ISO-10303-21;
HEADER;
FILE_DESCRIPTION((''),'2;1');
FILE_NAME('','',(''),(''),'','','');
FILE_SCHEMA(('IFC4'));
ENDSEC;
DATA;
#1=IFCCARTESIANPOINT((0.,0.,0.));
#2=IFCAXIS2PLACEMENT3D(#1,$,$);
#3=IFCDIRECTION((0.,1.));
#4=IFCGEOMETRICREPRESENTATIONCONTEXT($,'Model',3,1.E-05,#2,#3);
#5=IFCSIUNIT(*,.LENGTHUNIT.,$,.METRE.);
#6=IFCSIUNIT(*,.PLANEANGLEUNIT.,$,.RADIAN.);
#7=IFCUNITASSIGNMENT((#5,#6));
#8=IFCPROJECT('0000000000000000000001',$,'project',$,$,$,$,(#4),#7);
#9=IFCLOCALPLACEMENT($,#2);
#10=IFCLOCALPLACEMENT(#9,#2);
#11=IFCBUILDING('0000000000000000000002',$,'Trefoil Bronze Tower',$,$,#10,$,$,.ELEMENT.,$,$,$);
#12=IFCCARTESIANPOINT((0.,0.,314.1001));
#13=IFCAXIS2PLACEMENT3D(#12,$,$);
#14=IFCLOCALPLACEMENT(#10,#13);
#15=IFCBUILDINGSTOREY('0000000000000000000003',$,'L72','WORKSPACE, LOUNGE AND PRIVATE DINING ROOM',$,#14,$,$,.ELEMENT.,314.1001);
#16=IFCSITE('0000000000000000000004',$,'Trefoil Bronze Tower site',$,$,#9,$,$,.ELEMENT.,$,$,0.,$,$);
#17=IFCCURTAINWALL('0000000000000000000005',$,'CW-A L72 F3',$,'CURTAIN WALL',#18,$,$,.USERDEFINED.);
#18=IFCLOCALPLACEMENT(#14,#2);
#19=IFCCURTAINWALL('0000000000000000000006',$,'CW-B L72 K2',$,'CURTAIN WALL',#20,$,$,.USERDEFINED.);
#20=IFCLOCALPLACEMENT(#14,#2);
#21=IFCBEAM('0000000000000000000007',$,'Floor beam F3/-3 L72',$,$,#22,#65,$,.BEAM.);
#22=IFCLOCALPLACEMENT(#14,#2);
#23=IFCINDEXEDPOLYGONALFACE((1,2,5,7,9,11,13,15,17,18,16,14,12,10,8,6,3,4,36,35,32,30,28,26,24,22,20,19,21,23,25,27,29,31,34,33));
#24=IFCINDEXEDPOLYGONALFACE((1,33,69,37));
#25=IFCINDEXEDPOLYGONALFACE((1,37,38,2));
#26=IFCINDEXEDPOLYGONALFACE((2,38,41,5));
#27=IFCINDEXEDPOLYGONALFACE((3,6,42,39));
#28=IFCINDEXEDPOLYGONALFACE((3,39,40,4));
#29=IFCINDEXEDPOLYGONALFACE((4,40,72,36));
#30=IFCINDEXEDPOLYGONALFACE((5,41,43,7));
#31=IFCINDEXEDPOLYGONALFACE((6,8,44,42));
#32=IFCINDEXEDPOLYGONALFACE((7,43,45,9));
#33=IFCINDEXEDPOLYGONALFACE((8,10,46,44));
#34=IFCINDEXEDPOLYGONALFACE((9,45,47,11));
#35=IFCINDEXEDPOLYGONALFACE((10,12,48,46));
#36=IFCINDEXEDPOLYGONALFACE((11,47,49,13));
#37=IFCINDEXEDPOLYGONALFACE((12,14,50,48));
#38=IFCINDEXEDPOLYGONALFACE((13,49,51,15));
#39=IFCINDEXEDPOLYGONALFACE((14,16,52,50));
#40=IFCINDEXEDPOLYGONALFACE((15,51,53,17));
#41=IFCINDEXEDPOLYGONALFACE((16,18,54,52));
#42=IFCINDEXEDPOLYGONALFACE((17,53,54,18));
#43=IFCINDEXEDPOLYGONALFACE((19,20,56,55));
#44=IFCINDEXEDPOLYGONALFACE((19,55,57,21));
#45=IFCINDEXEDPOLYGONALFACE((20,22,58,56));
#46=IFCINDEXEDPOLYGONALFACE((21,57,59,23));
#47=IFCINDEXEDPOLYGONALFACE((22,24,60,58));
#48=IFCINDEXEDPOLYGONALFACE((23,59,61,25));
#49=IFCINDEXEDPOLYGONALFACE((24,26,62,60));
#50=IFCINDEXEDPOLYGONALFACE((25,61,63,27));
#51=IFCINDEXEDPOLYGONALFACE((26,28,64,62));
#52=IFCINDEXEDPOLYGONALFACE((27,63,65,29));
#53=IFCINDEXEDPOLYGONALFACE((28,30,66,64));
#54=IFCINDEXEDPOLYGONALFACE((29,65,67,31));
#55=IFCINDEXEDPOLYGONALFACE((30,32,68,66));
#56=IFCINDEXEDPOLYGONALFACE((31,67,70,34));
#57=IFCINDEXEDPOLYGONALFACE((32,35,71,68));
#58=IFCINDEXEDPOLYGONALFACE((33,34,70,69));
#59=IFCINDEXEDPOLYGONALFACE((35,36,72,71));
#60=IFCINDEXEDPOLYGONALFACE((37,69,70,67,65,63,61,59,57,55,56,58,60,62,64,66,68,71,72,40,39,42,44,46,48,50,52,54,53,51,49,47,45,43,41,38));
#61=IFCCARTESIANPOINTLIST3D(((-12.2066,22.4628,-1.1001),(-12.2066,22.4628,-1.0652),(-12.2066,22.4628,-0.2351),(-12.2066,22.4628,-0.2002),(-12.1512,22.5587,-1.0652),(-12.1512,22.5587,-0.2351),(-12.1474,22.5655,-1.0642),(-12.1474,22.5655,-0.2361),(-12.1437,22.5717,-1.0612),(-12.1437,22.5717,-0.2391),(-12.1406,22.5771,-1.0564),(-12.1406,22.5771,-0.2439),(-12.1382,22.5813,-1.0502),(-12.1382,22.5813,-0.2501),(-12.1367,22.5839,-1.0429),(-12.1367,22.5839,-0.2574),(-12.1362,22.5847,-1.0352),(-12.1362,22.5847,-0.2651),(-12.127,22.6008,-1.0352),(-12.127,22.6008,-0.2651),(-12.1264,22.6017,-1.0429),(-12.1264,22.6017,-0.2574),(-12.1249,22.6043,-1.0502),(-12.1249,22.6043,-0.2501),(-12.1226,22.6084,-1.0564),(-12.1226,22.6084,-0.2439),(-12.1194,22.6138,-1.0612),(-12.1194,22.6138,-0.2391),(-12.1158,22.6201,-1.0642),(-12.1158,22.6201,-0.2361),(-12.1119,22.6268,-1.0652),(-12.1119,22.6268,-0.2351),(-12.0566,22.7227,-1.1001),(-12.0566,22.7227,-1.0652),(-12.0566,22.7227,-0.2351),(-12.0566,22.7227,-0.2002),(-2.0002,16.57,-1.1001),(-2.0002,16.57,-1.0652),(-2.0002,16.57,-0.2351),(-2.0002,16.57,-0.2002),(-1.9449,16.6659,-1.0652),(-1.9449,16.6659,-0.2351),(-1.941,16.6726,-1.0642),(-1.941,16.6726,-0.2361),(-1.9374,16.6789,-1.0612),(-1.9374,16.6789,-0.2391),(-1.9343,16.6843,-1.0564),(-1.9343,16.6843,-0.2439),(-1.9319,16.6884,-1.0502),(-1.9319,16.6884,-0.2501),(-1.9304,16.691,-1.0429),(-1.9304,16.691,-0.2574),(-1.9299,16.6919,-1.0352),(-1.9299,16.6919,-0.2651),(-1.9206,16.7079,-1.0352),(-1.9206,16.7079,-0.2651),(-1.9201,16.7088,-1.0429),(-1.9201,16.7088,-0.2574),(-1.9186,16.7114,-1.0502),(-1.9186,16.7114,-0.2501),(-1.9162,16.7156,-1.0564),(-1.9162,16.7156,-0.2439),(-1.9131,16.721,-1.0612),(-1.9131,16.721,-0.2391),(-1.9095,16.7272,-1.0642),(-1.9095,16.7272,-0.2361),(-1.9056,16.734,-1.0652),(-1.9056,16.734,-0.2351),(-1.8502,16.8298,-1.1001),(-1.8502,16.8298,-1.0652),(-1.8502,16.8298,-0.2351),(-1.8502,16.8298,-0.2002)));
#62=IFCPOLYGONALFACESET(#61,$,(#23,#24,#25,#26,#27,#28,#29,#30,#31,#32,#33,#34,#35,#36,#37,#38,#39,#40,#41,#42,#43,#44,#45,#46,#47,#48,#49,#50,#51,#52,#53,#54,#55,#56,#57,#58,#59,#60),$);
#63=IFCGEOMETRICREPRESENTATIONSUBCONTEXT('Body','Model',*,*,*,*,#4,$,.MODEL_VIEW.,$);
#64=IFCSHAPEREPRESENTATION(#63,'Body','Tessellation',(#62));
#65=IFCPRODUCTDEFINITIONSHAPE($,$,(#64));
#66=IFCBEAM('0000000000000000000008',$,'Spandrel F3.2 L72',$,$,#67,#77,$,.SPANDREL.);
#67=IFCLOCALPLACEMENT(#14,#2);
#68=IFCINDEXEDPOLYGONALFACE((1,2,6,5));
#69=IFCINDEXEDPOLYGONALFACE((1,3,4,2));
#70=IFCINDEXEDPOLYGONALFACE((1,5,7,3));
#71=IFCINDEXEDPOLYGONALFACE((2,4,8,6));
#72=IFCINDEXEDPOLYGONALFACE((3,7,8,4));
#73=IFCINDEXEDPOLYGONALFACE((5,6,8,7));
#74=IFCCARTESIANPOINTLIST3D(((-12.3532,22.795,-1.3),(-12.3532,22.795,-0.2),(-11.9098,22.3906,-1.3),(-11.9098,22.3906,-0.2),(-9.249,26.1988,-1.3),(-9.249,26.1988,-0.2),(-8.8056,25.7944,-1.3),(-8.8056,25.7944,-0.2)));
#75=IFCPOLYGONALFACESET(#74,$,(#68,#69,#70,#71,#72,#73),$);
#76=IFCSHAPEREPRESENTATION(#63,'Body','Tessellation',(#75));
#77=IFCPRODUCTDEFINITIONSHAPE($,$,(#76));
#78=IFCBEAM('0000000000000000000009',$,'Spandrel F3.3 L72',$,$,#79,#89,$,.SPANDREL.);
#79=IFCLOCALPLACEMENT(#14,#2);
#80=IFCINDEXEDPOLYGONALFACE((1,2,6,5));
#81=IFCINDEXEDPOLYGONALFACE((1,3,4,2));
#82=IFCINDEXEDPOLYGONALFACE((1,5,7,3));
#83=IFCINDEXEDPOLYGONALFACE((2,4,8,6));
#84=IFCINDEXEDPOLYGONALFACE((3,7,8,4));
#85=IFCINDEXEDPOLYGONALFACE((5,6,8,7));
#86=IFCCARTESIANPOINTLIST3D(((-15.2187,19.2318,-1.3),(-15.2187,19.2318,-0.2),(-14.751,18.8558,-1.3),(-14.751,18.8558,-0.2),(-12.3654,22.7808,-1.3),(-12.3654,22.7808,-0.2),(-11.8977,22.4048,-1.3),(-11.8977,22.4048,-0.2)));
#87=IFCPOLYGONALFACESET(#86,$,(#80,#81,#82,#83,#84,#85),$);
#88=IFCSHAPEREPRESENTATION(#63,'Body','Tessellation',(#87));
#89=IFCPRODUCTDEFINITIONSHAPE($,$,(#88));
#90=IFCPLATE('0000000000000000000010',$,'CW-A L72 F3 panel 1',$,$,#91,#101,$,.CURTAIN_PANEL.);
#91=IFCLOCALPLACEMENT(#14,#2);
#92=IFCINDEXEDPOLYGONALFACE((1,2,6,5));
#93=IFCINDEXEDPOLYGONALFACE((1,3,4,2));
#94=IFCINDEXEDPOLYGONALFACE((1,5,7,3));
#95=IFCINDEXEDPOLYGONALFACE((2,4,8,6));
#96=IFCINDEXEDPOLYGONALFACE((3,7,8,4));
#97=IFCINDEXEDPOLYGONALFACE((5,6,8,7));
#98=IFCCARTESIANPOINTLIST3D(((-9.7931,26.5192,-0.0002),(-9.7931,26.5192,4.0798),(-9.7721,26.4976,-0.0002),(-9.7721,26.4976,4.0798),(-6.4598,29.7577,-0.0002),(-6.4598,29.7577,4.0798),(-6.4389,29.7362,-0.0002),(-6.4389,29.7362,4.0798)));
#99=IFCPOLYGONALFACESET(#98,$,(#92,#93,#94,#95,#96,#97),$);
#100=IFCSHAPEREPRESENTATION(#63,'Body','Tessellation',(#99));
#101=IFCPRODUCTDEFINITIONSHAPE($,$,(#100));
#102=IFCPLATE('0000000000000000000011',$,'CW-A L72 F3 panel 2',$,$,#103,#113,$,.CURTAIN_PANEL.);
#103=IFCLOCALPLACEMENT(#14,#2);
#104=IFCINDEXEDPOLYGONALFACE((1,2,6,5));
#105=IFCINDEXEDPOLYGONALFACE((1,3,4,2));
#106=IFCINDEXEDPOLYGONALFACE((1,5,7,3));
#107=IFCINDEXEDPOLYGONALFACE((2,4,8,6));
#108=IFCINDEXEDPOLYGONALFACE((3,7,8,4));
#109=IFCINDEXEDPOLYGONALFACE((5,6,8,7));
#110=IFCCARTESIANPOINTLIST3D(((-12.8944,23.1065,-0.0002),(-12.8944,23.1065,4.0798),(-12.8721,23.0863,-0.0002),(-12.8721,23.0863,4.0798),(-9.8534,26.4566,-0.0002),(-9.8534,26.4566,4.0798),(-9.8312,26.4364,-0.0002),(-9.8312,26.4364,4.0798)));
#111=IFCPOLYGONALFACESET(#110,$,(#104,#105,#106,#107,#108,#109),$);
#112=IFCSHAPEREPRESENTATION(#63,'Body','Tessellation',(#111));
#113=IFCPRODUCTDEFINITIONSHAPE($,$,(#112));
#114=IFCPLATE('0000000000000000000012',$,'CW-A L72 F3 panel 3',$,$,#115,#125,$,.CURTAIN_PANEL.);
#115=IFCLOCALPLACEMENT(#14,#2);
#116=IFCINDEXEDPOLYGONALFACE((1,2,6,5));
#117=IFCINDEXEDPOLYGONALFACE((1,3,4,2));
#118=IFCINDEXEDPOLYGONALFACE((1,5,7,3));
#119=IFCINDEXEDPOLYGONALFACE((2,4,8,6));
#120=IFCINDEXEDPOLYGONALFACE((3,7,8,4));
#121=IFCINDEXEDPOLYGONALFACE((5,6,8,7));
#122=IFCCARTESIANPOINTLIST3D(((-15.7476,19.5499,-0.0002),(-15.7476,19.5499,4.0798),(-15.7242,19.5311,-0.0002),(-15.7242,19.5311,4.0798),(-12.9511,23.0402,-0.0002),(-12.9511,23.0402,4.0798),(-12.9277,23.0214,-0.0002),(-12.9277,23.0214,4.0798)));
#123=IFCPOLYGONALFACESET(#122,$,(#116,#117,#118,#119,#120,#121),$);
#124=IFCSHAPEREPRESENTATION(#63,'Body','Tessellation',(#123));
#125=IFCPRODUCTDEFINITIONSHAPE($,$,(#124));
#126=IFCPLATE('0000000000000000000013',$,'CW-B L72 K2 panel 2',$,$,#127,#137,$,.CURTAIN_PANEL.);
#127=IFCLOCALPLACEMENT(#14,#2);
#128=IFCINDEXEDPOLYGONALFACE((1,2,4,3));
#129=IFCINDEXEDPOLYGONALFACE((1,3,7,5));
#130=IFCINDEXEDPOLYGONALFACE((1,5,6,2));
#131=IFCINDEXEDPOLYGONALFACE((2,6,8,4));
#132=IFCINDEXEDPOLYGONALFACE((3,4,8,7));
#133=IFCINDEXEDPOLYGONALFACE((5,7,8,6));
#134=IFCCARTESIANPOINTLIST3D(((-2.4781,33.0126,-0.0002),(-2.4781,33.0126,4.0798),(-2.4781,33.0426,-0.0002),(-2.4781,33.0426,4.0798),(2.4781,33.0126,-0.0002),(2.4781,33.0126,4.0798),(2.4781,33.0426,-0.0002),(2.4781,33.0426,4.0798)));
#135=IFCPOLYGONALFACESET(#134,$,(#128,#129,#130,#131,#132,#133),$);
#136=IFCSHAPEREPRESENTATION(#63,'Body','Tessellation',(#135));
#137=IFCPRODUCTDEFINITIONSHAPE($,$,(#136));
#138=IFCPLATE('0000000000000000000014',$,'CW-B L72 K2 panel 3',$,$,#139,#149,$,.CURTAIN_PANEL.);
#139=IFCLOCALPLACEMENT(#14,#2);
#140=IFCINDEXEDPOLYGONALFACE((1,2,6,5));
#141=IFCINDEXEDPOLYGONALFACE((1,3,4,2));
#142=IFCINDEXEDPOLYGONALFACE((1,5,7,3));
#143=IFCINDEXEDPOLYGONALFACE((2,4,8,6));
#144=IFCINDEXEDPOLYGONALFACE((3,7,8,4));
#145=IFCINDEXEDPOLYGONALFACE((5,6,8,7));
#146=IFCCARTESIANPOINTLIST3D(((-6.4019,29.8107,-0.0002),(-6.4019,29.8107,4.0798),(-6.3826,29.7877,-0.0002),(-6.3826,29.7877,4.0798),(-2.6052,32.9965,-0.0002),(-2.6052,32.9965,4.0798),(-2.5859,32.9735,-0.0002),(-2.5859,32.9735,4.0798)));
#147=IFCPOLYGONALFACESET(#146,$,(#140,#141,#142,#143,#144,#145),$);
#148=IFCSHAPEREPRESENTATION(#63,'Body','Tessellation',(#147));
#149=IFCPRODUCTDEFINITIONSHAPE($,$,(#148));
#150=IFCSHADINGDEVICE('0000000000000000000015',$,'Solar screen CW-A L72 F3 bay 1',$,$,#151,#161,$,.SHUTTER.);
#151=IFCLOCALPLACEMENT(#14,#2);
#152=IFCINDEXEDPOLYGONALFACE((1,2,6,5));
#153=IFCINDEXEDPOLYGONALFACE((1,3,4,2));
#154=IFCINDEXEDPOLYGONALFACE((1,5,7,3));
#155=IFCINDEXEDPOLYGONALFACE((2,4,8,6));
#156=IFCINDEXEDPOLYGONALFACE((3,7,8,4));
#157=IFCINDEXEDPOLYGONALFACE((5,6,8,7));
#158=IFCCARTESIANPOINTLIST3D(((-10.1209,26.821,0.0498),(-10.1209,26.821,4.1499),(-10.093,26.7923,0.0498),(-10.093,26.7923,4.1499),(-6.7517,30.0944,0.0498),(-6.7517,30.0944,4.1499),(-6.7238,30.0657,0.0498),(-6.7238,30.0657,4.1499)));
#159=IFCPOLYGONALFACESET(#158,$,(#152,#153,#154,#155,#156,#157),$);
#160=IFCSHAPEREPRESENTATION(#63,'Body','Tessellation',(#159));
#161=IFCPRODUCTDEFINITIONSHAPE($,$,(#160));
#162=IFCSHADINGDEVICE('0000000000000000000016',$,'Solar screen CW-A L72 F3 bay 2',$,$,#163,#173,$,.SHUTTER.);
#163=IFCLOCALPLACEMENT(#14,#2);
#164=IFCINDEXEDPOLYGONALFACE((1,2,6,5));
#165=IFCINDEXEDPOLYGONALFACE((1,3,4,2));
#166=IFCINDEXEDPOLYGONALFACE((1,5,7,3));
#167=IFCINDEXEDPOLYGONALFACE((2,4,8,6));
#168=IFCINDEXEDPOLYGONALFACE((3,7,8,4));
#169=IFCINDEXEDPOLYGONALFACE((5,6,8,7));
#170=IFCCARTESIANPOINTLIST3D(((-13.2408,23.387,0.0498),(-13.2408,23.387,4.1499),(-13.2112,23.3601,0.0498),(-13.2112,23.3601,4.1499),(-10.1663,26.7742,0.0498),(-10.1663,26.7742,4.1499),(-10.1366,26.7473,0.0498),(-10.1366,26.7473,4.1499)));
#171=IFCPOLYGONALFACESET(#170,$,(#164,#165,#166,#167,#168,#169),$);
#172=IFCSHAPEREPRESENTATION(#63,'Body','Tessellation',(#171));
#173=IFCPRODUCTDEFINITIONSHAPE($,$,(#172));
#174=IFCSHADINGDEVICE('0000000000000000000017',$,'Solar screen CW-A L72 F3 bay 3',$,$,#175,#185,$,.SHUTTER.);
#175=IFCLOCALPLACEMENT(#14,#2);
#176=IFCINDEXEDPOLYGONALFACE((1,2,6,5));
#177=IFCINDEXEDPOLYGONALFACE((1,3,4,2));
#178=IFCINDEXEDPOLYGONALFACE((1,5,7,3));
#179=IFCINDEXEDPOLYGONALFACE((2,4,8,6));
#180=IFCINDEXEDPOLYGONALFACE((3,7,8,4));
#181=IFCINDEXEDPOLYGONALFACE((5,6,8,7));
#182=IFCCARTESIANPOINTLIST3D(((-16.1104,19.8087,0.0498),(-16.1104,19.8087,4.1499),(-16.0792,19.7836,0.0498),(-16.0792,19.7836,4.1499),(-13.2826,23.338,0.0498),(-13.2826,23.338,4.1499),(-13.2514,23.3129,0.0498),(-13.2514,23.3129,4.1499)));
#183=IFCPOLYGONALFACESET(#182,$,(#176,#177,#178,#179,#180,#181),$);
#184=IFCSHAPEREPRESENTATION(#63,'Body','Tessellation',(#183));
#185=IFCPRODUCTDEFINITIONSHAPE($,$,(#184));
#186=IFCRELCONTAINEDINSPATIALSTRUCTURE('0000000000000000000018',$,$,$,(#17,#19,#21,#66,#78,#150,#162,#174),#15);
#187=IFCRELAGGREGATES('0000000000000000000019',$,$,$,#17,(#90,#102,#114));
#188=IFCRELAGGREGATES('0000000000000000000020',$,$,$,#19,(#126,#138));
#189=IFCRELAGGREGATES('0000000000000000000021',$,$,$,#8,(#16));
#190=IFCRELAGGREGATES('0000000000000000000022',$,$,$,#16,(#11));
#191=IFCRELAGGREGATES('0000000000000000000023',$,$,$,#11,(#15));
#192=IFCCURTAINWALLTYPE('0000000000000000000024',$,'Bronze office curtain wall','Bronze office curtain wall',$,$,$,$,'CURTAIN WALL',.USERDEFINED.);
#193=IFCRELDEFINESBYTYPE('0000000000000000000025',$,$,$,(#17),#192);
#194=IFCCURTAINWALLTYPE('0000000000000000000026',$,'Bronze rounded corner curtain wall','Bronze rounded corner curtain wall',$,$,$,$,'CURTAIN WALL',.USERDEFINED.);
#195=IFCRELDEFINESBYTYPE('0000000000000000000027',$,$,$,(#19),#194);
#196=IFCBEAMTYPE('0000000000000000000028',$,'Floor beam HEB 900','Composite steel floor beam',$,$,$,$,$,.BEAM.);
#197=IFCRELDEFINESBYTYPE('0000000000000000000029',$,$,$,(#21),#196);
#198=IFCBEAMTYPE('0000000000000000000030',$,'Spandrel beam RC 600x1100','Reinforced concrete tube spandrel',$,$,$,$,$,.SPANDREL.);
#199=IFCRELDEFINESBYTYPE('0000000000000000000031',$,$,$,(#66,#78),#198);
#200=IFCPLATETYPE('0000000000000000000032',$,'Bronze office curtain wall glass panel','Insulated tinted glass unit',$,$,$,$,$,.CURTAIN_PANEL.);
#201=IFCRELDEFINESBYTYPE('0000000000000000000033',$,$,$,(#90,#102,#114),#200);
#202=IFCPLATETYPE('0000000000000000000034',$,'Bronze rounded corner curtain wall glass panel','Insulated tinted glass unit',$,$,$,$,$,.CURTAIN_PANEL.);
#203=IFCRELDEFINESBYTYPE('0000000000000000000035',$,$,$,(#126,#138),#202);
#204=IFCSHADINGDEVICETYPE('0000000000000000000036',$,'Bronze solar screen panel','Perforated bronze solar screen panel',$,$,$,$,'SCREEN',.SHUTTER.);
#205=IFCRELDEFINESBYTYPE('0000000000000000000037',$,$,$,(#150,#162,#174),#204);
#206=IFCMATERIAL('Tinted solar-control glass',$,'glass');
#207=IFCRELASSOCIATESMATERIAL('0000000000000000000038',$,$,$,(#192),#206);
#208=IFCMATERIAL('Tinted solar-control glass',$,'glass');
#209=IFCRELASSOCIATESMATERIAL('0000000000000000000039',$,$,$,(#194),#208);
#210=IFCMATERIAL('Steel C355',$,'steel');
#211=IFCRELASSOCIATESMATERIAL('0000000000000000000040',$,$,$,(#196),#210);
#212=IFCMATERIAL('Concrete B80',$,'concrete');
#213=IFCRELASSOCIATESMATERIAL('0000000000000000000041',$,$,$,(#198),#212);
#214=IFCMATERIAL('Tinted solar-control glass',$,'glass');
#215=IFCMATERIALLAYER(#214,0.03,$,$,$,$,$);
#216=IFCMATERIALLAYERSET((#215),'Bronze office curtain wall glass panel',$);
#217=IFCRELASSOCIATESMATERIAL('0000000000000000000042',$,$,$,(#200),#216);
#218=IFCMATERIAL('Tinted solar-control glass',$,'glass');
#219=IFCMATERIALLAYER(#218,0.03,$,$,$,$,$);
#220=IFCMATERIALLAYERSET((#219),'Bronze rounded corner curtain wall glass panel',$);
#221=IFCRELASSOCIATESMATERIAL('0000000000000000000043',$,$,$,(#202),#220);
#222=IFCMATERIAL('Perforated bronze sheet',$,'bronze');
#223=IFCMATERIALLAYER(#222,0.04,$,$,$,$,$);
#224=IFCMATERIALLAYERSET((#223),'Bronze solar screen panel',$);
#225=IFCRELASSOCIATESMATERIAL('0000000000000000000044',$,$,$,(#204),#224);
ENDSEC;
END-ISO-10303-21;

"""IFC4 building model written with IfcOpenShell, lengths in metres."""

from ifc_helpers import new_model, si_unit, direction, frame, origin, origin_2d, place, context, subcontext, project, spatial, rectangle, i_section, extrude, material, layer, layer_set, material_profile, profile_set, type_object, element, aggregate, save


model = new_model("IFC4")

# Units and contexts
model_context = context("Model", 3, precision=1e-05, world=origin(), true_north=direction((0.0, 1.0)))
body_context = subcontext(model_context, "Body", "Model", "MODEL_VIEW")
ifc_project = project(units=[si_unit("LENGTHUNIT", "METRE"), si_unit("PLANEANGLEUNIT", "RADIAN")], contexts=[model_context])

# Site, building, storey
site_placement = place(None, origin())
site = spatial("IfcSite", under=ifc_project, at=site_placement, Name="Trefoil Bronze Tower site", CompositionType="ELEMENT", RefElevation=0.0)
building_placement = place(site_placement, origin())
building = spatial("IfcBuilding", under=site, at=building_placement, Name="Trefoil Bronze Tower", CompositionType="ELEMENT")
storey_placement = place(building_placement, frame((0.0, 0.0, 314.1001)))
storey = spatial("IfcBuildingStorey", under=building, at=storey_placement, Name="L72", Description="WORKSPACE, LOUNGE AND PRIVATE DINING ROOM", CompositionType="ELEMENT", Elevation=314.1001)

# Curtain walls
ifc_material_1 = material(Name="Tinted solar-control glass", Category="glass")
curtain_wall_type_1 = type_object("IfcCurtainWallType", Name="Bronze office curtain wall", Description="Bronze office curtain wall", ElementType="CURTAIN WALL", PredefinedType="USERDEFINED", material=ifc_material_1)
curtain_wall_1_placement = place(storey_placement, origin())
curtain_wall_1 = element("IfcCurtainWall", 1, at=curtain_wall_1_placement, inside=storey, type_object=curtain_wall_type_1, Name="CW-A L72 F3", ObjectType="CURTAIN WALL", PredefinedType="USERDEFINED")
ifc_material_2 = material(Name="Tinted solar-control glass", Category="glass")
curtain_wall_type_2 = type_object("IfcCurtainWallType", Name="Bronze rounded corner curtain wall", Description="Bronze rounded corner curtain wall", ElementType="CURTAIN WALL", PredefinedType="USERDEFINED", material=ifc_material_2)
curtain_wall_2_placement = place(storey_placement, origin())
curtain_wall_2 = element("IfcCurtainWall", 2, at=curtain_wall_2_placement, inside=storey, type_object=curtain_wall_type_2, Name="CW-B L72 K2", ObjectType="CURTAIN WALL", PredefinedType="USERDEFINED")

# Beams
ifc_material_3 = material(Name="Steel C355", Category="steel")
ifc_material_profile_1 = material_profile(ifc_material_3, i_section(OverallWidth=0.3, OverallDepth=0.8999, WebThickness=0.0186, FlangeThickness=0.0349, FilletRadius=0.03, at=origin_2d()), Name="HEB 900")
ifc_profile_set_1 = profile_set([ifc_material_profile_1], Name="Steel C355")
beam_type_1 = type_object("IfcBeamType", Name="Floor beam HEB 900", Description="Composite steel floor beam", PredefinedType="BEAM", material=ifc_profile_set_1)
beam_1_placement = place(storey_placement, frame((-12.1316, 22.5928, -0.6501), z_axis=(0.866018, -0.500014, 0.0), x_axis=(0.500014, 0.866018, 0.0)))
element("IfcBeam", 3, at=beam_1_placement, inside=storey, type_object=beam_type_1, Name="Floor beam F3/-3 L72", PredefinedType="BEAM", context=body_context, shape_type="SweptSolid", body=[
    extrude(i_section(OverallWidth=0.3, OverallDepth=0.8999, WebThickness=0.0186, FlangeThickness=0.0349, FilletRadius=0.03, at=origin_2d()), origin(), (0.0, 0.0, 1.0), 11.7854),
])
ifc_material_4 = material(Name="Concrete B80", Category="concrete")
ifc_material_profile_2 = material_profile(ifc_material_4, rectangle(XDim=0.6001, YDim=1.1001, at=origin_2d()), Name="RC 600x1100")
ifc_profile_set_2 = profile_set([ifc_material_profile_2], Name="Concrete B80")
beam_type_2 = type_object("IfcBeamType", Name="Spandrel beam RC 600x1100", Description="Reinforced concrete tube spandrel", PredefinedType="SPANDREL", material=ifc_profile_set_2)
beam_2_placement = place(storey_placement, frame((-9.0273, 25.9966, -0.75), z_axis=(-0.673846, -0.738872, 0.0), x_axis=(0.738872, -0.673846, 0.0)))
element("IfcBeam", 4, at=beam_2_placement, inside=storey, type_object=beam_type_2, Name="Spandrel F3.2 L72", PredefinedType="SPANDREL", context=body_context, shape_type="SweptSolid", body=[
    extrude(rectangle(XDim=0.6001, YDim=1.1001, at=origin_2d()), origin(), (0.0, 0.0, 1.0), 4.6067),
])
beam_3_placement = place(storey_placement, frame((-12.1316, 22.5928, -0.75), z_axis=(-0.62657, -0.779365, 0.0), x_axis=(0.779365, -0.62657, 0.0)))
element("IfcBeam", 5, at=beam_3_placement, inside=storey, type_object=beam_type_2, Name="Spandrel F3.3 L72", PredefinedType="SPANDREL", context=body_context, shape_type="SweptSolid", body=[
    extrude(rectangle(XDim=0.6001, YDim=1.1001, at=origin_2d()), origin(), (0.0, 0.0, 1.0), 4.5537),
])

# Plates
ifc_material_5 = material(Name="Tinted solar-control glass", Category="glass")
ifc_layer_1 = layer(ifc_material_5, 0.03)
ifc_layer_set_1 = layer_set([ifc_layer_1], Name="Bronze office curtain wall glass panel")
plate_type_1 = type_object("IfcPlateType", Name="Bronze office curtain wall glass panel", Description="Insulated tinted glass unit", PredefinedType="CURTAIN_PANEL", material=ifc_layer_set_1)
plate_1_placement = place(storey_placement, frame((-8.116, 28.1277, -0.0002), z_axis=(0.0, 0.0, 1.0), x_axis=(-0.717218, -0.696849, 0.0)))
plate_1 = element("IfcPlate", 6, at=plate_1_placement, type_object=plate_type_1, Name="CW-A L72 F3 panel 1", PredefinedType="CURTAIN_PANEL", context=body_context, shape_type="SweptSolid", body=[
    extrude(rectangle(XDim=4.6475, YDim=0.03, at=origin_2d()), origin(), (0.0, 0.0, 1.0), 4.0801),
])
plate_2_placement = place(storey_placement, frame((-11.3628, 24.7715, -0.0002), z_axis=(0.0, 0.0, 1.0), x_axis=(-0.672115, -0.740447, 0.0)))
plate_2 = element("IfcPlate", 7, at=plate_2_placement, type_object=plate_type_1, Name="CW-A L72 F3 panel 2", PredefinedType="CURTAIN_PANEL", context=body_context, shape_type="SweptSolid", body=[
    extrude(rectangle(XDim=4.5244, YDim=0.03, at=origin_2d()), origin(), (0.0, 0.0, 1.0), 4.0801),
])
plate_3_placement = place(storey_placement, frame((-14.3376, 21.2856, -0.0002), z_axis=(0.0, 0.0, 1.0), x_axis=(-0.625287, -0.780395, 0.0)))
plate_3 = element("IfcPlate", 8, at=plate_3_placement, type_object=plate_type_1, Name="CW-A L72 F3 panel 3", PredefinedType="CURTAIN_PANEL", context=body_context, shape_type="SweptSolid", body=[
    extrude(rectangle(XDim=4.4724, YDim=0.03, at=origin_2d()), origin(), (0.0, 0.0, 1.0), 4.0801),
])
aggregate(curtain_wall_1, [plate_1, plate_2, plate_3])
ifc_material_6 = material(Name="Tinted solar-control glass", Category="glass")
ifc_layer_2 = layer(ifc_material_6, 0.03)
ifc_layer_set_2 = layer_set([ifc_layer_2], Name="Bronze rounded corner curtain wall glass panel")
plate_type_2 = type_object("IfcPlateType", Name="Bronze rounded corner curtain wall glass panel", Description="Insulated tinted glass unit", PredefinedType="CURTAIN_PANEL", material=ifc_layer_set_2)
plate_4_placement = place(storey_placement, frame((0.0, 33.0276, -0.0002), z_axis=(0.0, 0.0, 1.0), x_axis=(-1.0, 0.0, 0.0)))
plate_4 = element("IfcPlate", 9, at=plate_4_placement, type_object=plate_type_2, Name="CW-B L72 K2 panel 2", PredefinedType="CURTAIN_PANEL", context=body_context, shape_type="SweptSolid", body=[
    extrude(rectangle(XDim=4.9563, YDim=0.03, at=origin_2d()), origin(), (0.0, 0.0, 1.0), 4.0801),
])
plate_5_placement = place(storey_placement, frame((-4.4939, 31.3921, -0.0002), z_axis=(0.0, 0.0, 1.0), x_axis=(-0.766044, -0.642788, 0.0)))
plate_5 = element("IfcPlate", 10, at=plate_5_placement, type_object=plate_type_2, Name="CW-B L72 K2 panel 3", PredefinedType="CURTAIN_PANEL", context=body_context, shape_type="SweptSolid", body=[
    extrude(rectangle(XDim=4.9563, YDim=0.03, at=origin_2d()), origin(), (0.0, 0.0, 1.0), 4.0801),
])
aggregate(curtain_wall_2, [plate_4, plate_5])

# Shading devices
ifc_material_7 = material(Name="Perforated bronze sheet", Category="bronze")
ifc_layer_3 = layer(ifc_material_7, 0.04)
ifc_layer_set_3 = layer_set([ifc_layer_3], Name="Bronze solar screen panel")
shading_device_type = type_object("IfcShadingDeviceType", Name="Bronze solar screen panel", Description="Perforated bronze solar screen panel", ElementType="SCREEN", PredefinedType="SHUTTER", material=ifc_layer_set_3)
shading_device_1_placement = place(storey_placement, frame((-8.4224, 28.4434, 0.0498), z_axis=(0.0, 0.0, 1.0), x_axis=(-0.717218, -0.696849, 0.0)))
element("IfcShadingDevice", 11, at=shading_device_1_placement, inside=storey, type_object=shading_device_type, Name="Solar screen CW-A L72 F3 bay 1", PredefinedType="SHUTTER", context=body_context, shape_type="SweptSolid", body=[
    extrude(rectangle(XDim=4.6975, YDim=0.04, at=origin_2d()), origin(), (0.0, 0.0, 1.0), 4.1001),
])
shading_device_2_placement = place(storey_placement, frame((-11.6887, 25.0671, 0.0498), z_axis=(0.0, 0.0, 1.0), x_axis=(-0.672115, -0.740447, 0.0)))
element("IfcShadingDevice", 12, at=shading_device_2_placement, inside=storey, type_object=shading_device_type, Name="Solar screen CW-A L72 F3 bay 2", PredefinedType="SHUTTER", context=body_context, shape_type="SweptSolid", body=[
    extrude(rectangle(XDim=4.5745, YDim=0.04, at=origin_2d()), origin(), (0.0, 0.0, 1.0), 4.1001),
])
shading_device_3_placement = place(storey_placement, frame((-14.6809, 21.5608, 0.0498), z_axis=(0.0, 0.0, 1.0), x_axis=(-0.625287, -0.780395, 0.0)))
element("IfcShadingDevice", 13, at=shading_device_3_placement, inside=storey, type_object=shading_device_type, Name="Solar screen CW-A L72 F3 bay 3", PredefinedType="SHUTTER", context=body_context, shape_type="SweptSolid", body=[
    extrude(rectangle(XDim=4.5225, YDim=0.04, at=origin_2d()), origin(), (0.0, 0.0, 1.0), 4.1001),
])

save(model, "model.ifc")
